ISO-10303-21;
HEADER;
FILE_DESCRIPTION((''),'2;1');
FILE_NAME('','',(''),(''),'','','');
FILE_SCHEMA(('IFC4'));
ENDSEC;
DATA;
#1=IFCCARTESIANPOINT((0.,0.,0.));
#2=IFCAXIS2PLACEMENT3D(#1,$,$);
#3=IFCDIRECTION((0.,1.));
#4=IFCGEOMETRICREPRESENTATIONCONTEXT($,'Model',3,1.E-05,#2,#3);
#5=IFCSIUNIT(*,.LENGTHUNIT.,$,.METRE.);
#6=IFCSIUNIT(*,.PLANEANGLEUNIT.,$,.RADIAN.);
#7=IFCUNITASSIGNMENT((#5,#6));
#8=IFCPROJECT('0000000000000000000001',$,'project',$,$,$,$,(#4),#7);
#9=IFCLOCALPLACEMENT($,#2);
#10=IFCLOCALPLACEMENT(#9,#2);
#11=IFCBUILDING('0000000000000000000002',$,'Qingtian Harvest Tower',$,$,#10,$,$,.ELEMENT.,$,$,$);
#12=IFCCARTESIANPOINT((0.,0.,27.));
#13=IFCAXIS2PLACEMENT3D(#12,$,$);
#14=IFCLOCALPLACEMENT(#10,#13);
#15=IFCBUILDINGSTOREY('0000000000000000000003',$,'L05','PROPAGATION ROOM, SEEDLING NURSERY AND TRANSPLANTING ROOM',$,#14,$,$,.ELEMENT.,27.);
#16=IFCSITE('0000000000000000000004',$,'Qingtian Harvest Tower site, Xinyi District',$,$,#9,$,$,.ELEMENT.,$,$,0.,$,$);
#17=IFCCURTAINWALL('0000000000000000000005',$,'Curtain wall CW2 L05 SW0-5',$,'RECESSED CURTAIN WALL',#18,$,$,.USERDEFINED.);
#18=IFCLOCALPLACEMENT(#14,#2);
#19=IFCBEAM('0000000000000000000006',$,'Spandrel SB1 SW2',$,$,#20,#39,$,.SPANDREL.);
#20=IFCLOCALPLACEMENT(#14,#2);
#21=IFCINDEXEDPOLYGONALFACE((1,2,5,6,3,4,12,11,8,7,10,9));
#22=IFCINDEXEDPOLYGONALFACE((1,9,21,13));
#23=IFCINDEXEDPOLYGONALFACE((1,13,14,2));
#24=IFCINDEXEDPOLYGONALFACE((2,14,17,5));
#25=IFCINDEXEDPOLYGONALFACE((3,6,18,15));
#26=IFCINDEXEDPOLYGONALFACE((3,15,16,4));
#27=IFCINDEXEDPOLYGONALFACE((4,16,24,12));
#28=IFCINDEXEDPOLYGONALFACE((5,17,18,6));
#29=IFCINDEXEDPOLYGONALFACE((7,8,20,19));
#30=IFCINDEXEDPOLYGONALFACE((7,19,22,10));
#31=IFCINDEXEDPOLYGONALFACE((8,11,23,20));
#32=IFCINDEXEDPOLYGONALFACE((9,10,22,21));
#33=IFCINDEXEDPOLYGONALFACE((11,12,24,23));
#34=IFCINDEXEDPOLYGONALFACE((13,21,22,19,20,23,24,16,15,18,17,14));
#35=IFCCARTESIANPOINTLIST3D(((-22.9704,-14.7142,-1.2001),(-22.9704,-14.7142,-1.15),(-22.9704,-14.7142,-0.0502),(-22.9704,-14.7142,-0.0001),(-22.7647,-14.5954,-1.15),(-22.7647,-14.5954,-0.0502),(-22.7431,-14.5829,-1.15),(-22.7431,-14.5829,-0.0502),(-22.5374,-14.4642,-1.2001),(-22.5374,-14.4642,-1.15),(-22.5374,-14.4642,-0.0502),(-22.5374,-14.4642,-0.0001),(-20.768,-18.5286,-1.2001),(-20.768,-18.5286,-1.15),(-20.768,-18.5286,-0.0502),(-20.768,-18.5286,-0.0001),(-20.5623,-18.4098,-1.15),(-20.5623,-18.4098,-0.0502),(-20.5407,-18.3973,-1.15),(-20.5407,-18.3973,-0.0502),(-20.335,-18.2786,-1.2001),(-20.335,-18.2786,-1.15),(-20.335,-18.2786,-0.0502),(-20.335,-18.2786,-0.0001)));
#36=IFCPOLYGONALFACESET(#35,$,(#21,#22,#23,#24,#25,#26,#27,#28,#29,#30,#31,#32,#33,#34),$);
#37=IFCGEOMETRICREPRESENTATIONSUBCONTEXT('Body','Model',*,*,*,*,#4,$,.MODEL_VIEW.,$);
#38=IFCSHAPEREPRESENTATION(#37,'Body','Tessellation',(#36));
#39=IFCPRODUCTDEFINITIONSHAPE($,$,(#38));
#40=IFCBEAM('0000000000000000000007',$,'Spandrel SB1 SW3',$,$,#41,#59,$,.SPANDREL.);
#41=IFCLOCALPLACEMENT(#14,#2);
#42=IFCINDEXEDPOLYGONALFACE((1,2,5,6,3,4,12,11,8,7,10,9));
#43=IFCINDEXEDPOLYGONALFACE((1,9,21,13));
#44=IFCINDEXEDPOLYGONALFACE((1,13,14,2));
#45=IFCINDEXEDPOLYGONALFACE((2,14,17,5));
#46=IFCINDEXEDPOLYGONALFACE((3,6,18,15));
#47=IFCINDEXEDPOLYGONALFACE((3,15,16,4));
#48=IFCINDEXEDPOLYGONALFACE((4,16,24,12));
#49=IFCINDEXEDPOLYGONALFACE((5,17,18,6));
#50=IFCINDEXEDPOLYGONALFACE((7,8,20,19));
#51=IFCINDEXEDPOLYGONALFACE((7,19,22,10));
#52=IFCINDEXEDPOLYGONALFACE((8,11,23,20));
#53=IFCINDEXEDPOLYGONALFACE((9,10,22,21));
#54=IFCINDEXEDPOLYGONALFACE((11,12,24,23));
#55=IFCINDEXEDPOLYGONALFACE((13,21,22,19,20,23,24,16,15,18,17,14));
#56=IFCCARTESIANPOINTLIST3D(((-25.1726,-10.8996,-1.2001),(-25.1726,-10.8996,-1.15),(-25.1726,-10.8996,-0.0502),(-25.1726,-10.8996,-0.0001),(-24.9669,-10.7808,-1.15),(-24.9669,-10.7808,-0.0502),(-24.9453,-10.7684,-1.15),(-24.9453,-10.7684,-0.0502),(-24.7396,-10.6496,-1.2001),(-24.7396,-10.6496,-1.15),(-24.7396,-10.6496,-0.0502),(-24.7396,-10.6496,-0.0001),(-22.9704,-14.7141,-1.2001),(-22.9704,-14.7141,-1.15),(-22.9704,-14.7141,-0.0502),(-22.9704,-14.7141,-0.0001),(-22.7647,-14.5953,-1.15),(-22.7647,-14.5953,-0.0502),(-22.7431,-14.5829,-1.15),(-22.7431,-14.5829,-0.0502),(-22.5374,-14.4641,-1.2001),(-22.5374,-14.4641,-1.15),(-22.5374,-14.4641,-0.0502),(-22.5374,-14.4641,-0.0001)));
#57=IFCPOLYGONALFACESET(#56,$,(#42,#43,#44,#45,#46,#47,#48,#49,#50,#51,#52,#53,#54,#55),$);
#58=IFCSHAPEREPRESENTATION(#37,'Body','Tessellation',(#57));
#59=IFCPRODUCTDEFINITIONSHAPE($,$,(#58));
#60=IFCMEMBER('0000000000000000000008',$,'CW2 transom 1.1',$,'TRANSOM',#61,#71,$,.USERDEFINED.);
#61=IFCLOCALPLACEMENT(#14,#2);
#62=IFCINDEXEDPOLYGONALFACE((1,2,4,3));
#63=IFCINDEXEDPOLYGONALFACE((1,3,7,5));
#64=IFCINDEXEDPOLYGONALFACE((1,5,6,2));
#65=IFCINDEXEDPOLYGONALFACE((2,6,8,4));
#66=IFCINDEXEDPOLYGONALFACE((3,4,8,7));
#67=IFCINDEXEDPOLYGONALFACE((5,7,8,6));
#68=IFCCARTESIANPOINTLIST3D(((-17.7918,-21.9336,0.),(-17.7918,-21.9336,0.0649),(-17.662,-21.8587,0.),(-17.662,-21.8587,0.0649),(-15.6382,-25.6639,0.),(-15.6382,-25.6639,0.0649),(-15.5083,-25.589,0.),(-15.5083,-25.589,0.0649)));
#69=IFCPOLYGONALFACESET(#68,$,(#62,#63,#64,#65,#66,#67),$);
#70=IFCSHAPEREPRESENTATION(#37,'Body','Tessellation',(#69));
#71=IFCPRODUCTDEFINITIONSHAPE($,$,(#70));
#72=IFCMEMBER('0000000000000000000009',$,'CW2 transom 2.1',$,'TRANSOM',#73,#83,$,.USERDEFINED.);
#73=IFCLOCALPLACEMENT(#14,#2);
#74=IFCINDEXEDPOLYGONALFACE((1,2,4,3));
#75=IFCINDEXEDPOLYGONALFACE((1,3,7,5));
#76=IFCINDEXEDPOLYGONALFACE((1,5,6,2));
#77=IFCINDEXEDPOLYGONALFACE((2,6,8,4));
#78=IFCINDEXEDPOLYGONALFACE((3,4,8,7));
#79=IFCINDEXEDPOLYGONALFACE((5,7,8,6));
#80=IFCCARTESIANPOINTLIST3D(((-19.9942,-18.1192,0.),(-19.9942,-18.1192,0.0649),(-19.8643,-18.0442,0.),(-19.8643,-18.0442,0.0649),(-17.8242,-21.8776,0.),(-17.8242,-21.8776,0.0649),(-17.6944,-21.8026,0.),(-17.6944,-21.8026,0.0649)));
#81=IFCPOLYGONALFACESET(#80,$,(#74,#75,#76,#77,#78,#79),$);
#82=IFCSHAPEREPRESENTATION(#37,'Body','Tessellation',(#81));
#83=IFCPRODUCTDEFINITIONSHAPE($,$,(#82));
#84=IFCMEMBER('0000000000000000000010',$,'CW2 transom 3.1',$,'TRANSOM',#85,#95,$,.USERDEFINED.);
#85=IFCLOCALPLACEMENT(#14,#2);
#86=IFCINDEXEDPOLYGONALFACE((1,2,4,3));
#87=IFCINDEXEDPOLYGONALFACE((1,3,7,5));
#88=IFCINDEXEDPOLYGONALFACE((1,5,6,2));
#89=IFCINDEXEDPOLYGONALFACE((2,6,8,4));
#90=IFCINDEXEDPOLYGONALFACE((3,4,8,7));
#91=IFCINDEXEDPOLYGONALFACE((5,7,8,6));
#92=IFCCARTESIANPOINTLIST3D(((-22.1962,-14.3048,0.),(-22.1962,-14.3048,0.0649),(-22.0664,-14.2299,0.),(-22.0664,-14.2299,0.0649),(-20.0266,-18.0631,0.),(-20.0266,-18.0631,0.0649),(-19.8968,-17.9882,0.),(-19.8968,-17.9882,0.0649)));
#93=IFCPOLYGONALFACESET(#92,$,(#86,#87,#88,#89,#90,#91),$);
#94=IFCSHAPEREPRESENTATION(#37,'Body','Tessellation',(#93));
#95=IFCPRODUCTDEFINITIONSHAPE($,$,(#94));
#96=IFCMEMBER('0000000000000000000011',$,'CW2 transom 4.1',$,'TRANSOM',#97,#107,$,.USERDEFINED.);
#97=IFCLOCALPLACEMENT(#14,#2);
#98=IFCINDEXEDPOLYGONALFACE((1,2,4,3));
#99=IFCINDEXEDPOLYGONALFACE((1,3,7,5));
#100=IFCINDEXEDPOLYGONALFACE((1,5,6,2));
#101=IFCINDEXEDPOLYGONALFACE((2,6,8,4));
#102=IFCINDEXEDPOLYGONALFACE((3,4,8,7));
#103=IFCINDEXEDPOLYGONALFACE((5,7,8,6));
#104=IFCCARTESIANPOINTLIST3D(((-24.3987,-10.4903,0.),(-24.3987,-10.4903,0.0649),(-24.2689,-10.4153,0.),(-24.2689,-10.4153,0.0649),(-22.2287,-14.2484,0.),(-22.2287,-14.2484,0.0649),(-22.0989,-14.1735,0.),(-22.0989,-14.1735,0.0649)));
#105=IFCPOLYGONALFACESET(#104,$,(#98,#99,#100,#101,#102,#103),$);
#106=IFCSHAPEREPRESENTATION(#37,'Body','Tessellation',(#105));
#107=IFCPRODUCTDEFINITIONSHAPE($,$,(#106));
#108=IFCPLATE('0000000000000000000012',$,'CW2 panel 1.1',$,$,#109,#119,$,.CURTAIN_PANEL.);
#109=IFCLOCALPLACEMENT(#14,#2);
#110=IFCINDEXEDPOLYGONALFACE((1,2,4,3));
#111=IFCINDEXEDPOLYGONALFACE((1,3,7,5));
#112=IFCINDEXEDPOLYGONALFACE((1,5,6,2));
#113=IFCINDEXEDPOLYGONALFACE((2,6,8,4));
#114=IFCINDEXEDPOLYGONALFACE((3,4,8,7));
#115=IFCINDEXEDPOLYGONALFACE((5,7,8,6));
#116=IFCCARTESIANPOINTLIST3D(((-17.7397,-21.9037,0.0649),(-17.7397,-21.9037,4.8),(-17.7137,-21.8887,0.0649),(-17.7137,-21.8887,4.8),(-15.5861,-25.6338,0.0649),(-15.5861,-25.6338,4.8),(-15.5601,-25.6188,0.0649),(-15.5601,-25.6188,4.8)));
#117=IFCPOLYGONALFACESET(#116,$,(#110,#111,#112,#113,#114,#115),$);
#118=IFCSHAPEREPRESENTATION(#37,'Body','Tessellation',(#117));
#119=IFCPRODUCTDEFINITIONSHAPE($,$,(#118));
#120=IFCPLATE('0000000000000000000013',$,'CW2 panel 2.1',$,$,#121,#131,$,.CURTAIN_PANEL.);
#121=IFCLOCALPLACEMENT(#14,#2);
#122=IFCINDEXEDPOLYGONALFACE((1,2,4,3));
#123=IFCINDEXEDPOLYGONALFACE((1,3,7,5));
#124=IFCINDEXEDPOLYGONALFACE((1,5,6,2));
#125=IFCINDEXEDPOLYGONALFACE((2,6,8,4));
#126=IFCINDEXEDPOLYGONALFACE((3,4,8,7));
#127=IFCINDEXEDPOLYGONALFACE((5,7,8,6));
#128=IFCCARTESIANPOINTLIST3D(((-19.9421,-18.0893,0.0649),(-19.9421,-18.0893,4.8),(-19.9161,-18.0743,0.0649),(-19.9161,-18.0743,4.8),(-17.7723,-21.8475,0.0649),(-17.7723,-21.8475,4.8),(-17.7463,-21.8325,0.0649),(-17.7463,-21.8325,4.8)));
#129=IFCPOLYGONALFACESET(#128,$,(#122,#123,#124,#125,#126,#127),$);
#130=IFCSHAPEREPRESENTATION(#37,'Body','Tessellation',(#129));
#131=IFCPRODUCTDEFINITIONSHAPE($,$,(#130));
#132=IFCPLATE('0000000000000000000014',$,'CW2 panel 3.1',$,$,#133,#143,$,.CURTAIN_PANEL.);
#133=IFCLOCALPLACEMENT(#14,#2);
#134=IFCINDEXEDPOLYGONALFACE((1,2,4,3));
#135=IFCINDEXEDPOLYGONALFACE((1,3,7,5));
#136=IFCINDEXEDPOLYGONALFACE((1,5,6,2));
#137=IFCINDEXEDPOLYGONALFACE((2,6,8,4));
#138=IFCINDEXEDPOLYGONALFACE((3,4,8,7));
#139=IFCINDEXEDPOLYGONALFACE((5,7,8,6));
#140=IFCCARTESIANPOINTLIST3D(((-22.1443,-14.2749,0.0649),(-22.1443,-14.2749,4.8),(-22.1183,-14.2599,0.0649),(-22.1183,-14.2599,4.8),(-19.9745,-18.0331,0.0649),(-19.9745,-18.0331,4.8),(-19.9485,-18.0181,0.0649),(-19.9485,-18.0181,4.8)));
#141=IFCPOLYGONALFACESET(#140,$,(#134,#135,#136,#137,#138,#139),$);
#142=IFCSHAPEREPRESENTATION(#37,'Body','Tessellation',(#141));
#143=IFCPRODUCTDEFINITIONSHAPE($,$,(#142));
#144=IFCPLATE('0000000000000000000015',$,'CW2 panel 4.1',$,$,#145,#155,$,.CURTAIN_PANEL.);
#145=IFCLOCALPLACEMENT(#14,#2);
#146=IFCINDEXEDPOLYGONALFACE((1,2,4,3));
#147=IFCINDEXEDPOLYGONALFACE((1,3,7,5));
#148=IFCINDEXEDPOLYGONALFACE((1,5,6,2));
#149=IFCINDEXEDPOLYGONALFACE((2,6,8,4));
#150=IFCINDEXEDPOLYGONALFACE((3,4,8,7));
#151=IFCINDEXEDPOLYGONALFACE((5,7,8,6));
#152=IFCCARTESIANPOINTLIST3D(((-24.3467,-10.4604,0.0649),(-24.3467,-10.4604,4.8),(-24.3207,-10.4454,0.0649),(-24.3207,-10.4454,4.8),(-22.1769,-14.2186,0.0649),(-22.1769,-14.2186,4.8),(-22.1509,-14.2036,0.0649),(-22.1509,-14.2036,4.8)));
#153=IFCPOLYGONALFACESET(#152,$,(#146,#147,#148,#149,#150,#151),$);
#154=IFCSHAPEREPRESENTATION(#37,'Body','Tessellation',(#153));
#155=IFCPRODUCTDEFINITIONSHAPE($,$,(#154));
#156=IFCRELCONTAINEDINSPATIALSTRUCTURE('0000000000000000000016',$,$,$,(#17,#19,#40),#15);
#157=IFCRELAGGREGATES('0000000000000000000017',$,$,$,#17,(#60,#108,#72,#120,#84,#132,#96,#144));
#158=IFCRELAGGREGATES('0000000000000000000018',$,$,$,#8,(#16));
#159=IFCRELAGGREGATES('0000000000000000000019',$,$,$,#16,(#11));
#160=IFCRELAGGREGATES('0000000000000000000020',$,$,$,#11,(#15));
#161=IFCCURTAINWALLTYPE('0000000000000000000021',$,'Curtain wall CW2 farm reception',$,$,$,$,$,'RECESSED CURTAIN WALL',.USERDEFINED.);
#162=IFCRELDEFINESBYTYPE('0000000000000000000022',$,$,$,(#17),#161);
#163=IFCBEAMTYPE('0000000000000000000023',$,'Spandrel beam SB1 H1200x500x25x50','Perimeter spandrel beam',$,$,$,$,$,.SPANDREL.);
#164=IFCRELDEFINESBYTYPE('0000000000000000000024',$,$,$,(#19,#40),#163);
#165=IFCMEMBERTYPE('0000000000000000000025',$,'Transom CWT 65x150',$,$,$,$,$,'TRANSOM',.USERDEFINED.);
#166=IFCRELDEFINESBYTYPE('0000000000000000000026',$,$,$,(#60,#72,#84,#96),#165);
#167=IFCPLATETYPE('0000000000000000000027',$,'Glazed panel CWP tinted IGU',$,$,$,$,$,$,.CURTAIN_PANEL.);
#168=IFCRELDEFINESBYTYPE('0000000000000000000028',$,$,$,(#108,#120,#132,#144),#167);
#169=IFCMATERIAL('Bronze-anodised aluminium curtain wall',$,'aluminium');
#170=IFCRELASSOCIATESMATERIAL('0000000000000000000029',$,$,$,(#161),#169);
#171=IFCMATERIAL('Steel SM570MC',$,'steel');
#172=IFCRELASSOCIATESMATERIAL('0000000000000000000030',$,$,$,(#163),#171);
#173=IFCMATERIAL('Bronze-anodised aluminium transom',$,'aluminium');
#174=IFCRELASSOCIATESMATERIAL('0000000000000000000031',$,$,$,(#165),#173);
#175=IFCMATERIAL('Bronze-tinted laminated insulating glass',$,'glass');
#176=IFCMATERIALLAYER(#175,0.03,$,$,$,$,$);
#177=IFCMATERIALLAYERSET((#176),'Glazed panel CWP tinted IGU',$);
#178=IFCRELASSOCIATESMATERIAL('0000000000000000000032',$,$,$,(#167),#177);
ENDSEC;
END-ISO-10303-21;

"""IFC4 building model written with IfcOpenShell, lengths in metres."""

from ifc_helpers import new_model, si_unit, direction, frame, origin, origin_2d, place, context, subcontext, project, spatial, rectangle, i_section, extrude, material, layer, layer_set, material_profile, profile_set, type_object, element, aggregate, save


model = new_model("IFC4")

# Units and contexts
model_context = context("Model", 3, precision=1e-05, world=origin(), true_north=direction((0.0, 1.0)))
body_context = subcontext(model_context, "Body", "Model", "MODEL_VIEW")
ifc_project = project(units=[si_unit("LENGTHUNIT", "METRE"), si_unit("PLANEANGLEUNIT", "RADIAN")], contexts=[model_context])

# Site, building, storey
site_placement = place(None, origin())
site = spatial("IfcSite", under=ifc_project, at=site_placement, Name="Qingtian Harvest Tower site, Xinyi District", CompositionType="ELEMENT", RefElevation=0.0)
building_placement = place(site_placement, origin())
building = spatial("IfcBuilding", under=site, at=building_placement, Name="Qingtian Harvest Tower", CompositionType="ELEMENT")
storey_placement = place(building_placement, frame((0.0, 0.0, 27.0)))
storey = spatial("IfcBuildingStorey", under=building, at=storey_placement, Name="L05", Description="PROPAGATION ROOM, SEEDLING NURSERY AND TRANSPLANTING ROOM", CompositionType="ELEMENT", Elevation=27.0)

# Shared definitions
ifc_material_1 = material(Name="Bronze-anodised aluminium curtain wall", Category="aluminium")
curtain_wall_type = type_object("IfcCurtainWallType", Name="Curtain wall CW2 farm reception", ElementType="RECESSED CURTAIN WALL", PredefinedType="USERDEFINED", material=ifc_material_1)

# Curtain wall
curtain_wall_1_placement = place(storey_placement, origin())
curtain_wall_1 = element("IfcCurtainWall", 1, at=curtain_wall_1_placement, inside=storey, type_object=curtain_wall_type, Name="Curtain wall CW2 L05 SW0-5", ObjectType="RECESSED CURTAIN WALL", PredefinedType="USERDEFINED")

# Beams
ifc_material_2 = material(Name="Steel SM570MC", Category="steel")
ifc_material_profile_1 = material_profile(ifc_material_2, i_section(OverallWidth=0.5, OverallDepth=1.2, WebThickness=0.0249, FlangeThickness=0.05, at=origin_2d()), Name="H1200x500x25x50")
ifc_profile_set_1 = profile_set([ifc_material_profile_1], Name="Steel SM570MC")
beam_type_1 = type_object("IfcBeamType", Name="Spandrel beam SB1 H1200x500x25x50", Description="Perimeter spandrel beam", PredefinedType="SPANDREL", material=ifc_profile_set_1)
for number, where, z_axis, x_axis, name in (
    (2, (-20.5515, -18.4036, -0.6001), (-0.50002, 0.866014, 0.0), (-0.866014, -0.50002, 0.0), "Spandrel SB1 SW2"),
    (3, (-22.7539, -14.5891, -0.6001), (-0.499978, 0.866038, 0.0), (-0.866038, -0.499978, 0.0), "Spandrel SB1 SW3"),
):
    element("IfcBeam", number, at=place(storey_placement, frame(where, z_axis=z_axis, x_axis=x_axis)), inside=storey, type_object=beam_type_1, Name=name, PredefinedType="SPANDREL", context=body_context, shape_type="SweptSolid", body=[
        extrude(i_section(OverallWidth=0.5, OverallDepth=1.2, WebThickness=0.0249, FlangeThickness=0.05, at=origin_2d()), origin(), (0.0, 0.0, 1.0), 4.4045),
    ])

# Members
ifc_material_3 = material(Name="Bronze-anodised aluminium transom", Category="aluminium")
ifc_material_profile_2 = material_profile(ifc_material_3, rectangle(XDim=0.1499, YDim=0.0649, at=origin_2d()), Name="AL 65x150")
ifc_profile_set_2 = profile_set([ifc_material_profile_2], Name="Bronze-anodised aluminium transom")
member_type_1 = type_object("IfcMemberType", Name="Transom CWT 65x150", ElementType="TRANSOM", PredefinedType="USERDEFINED", material=ifc_profile_set_2)
member_1_placement = place(storey_placement, frame((-15.5732, -25.6265, 0.0325), z_axis=(-0.499986, 0.866034, 0.0), x_axis=(-0.866034, -0.499986, 0.0)))
member_1 = element("IfcMember", 4, at=member_1_placement, type_object=member_type_1, Name="CW2 transom 1.1", ObjectType="TRANSOM", PredefinedType="USERDEFINED", context=body_context, shape_type="SweptSolid", body=[
    extrude(rectangle(XDim=0.1499, YDim=0.0649, at=origin_2d()), origin(), (0.0, 0.0, 1.0), 4.3074),
])
member_2_placement = place(storey_placement, frame((-17.7593, -21.8401, 0.0325), z_axis=(-0.500011, 0.866019, 0.0), x_axis=(-0.866019, -0.500011, 0.0)))
member_2 = element("IfcMember", 5, at=member_2_placement, type_object=member_type_1, Name="CW2 transom 2.1", ObjectType="TRANSOM", PredefinedType="USERDEFINED", context=body_context, shape_type="SweptSolid", body=[
    extrude(rectangle(XDim=0.1499, YDim=0.0649, at=origin_2d()), origin(), (0.0, 0.0, 1.0), 4.3398),
])
member_3_placement = place(storey_placement, frame((-19.9617, -18.0256, 0.0325), z_axis=(-0.499969, 0.866043, 0.0), x_axis=(-0.866043, -0.499969, 0.0)))
member_3 = element("IfcMember", 6, at=member_3_placement, type_object=member_type_1, Name="CW2 transom 3.1", ObjectType="TRANSOM", PredefinedType="USERDEFINED", context=body_context, shape_type="SweptSolid", body=[
    extrude(rectangle(XDim=0.1499, YDim=0.0649, at=origin_2d()), origin(), (0.0, 0.0, 1.0), 4.3396),
])
member_4_placement = place(storey_placement, frame((-22.1638, -14.2109, 0.0325), z_axis=(-0.500036, 0.866005, 0.0), x_axis=(-0.866005, -0.500036, 0.0)))
member_4 = element("IfcMember", 7, at=member_4_placement, type_object=member_type_1, Name="CW2 transom 4.1", ObjectType="TRANSOM", PredefinedType="USERDEFINED", context=body_context, shape_type="SweptSolid", body=[
    extrude(rectangle(XDim=0.1499, YDim=0.0649, at=origin_2d()), origin(), (0.0, 0.0, 1.0), 4.3396),
])

# Plates
ifc_material_4 = material(Name="Bronze-tinted laminated insulating glass", Category="glass")
ifc_layer = layer(ifc_material_4, 0.03)
ifc_layer_set = layer_set([ifc_layer], Name="Glazed panel CWP tinted IGU")
plate_type = type_object("IfcPlateType", Name="Glazed panel CWP tinted IGU", PredefinedType="CURTAIN_PANEL", material=ifc_layer_set)
plate_1_placement = place(storey_placement, frame((-16.6499, -23.7612, 0.0649), z_axis=(0.0, 0.0, 1.0), x_axis=(-0.5, 0.866025, 0.0)))
plate_1 = element("IfcPlate", 8, at=plate_1_placement, type_object=plate_type, Name="CW2 panel 1.1", PredefinedType="CURTAIN_PANEL", context=body_context, shape_type="SweptSolid", body=[
    extrude(rectangle(XDim=4.3071, YDim=0.03, at=origin_2d()), origin(), (0.0, 0.0, 1.0), 4.7351),
])
plate_2_placement = place(storey_placement, frame((-18.8442, -19.9609, 0.0649), z_axis=(0.0, 0.0, 1.0), x_axis=(-0.5, 0.866025, 0.0)))
plate_2 = element("IfcPlate", 9, at=plate_2_placement, type_object=plate_type, Name="CW2 panel 2.1", PredefinedType="CURTAIN_PANEL", context=body_context, shape_type="SweptSolid", body=[
    extrude(rectangle(XDim=4.3396, YDim=0.03, at=origin_2d()), origin(), (0.0, 0.0, 1.0), 4.7351),
])
plate_3_placement = place(storey_placement, frame((-21.0464, -16.1465, 0.0649), z_axis=(0.0, 0.0, 1.0), x_axis=(-0.5, 0.866025, 0.0)))
plate_3 = element("IfcPlate", 10, at=plate_3_placement, type_object=plate_type, Name="CW2 panel 3.1", PredefinedType="CURTAIN_PANEL", context=body_context, shape_type="SweptSolid", body=[
    extrude(rectangle(XDim=4.3396, YDim=0.03, at=origin_2d()), origin(), (0.0, 0.0, 1.0), 4.7351),
])
plate_4_placement = place(storey_placement, frame((-23.2488, -12.332, 0.0649), z_axis=(0.0, 0.0, 1.0), x_axis=(-0.5, 0.866025, 0.0)))
plate_4 = element("IfcPlate", 11, at=plate_4_placement, type_object=plate_type, Name="CW2 panel 4.1", PredefinedType="CURTAIN_PANEL", context=body_context, shape_type="SweptSolid", body=[
    extrude(rectangle(XDim=4.3396, YDim=0.03, at=origin_2d()), origin(), (0.0, 0.0, 1.0), 4.7351),
])
aggregate(curtain_wall_1, [member_1, plate_1, member_2, plate_2, member_3, plate_3, member_4, plate_4])

save(model, "model.ifc")
